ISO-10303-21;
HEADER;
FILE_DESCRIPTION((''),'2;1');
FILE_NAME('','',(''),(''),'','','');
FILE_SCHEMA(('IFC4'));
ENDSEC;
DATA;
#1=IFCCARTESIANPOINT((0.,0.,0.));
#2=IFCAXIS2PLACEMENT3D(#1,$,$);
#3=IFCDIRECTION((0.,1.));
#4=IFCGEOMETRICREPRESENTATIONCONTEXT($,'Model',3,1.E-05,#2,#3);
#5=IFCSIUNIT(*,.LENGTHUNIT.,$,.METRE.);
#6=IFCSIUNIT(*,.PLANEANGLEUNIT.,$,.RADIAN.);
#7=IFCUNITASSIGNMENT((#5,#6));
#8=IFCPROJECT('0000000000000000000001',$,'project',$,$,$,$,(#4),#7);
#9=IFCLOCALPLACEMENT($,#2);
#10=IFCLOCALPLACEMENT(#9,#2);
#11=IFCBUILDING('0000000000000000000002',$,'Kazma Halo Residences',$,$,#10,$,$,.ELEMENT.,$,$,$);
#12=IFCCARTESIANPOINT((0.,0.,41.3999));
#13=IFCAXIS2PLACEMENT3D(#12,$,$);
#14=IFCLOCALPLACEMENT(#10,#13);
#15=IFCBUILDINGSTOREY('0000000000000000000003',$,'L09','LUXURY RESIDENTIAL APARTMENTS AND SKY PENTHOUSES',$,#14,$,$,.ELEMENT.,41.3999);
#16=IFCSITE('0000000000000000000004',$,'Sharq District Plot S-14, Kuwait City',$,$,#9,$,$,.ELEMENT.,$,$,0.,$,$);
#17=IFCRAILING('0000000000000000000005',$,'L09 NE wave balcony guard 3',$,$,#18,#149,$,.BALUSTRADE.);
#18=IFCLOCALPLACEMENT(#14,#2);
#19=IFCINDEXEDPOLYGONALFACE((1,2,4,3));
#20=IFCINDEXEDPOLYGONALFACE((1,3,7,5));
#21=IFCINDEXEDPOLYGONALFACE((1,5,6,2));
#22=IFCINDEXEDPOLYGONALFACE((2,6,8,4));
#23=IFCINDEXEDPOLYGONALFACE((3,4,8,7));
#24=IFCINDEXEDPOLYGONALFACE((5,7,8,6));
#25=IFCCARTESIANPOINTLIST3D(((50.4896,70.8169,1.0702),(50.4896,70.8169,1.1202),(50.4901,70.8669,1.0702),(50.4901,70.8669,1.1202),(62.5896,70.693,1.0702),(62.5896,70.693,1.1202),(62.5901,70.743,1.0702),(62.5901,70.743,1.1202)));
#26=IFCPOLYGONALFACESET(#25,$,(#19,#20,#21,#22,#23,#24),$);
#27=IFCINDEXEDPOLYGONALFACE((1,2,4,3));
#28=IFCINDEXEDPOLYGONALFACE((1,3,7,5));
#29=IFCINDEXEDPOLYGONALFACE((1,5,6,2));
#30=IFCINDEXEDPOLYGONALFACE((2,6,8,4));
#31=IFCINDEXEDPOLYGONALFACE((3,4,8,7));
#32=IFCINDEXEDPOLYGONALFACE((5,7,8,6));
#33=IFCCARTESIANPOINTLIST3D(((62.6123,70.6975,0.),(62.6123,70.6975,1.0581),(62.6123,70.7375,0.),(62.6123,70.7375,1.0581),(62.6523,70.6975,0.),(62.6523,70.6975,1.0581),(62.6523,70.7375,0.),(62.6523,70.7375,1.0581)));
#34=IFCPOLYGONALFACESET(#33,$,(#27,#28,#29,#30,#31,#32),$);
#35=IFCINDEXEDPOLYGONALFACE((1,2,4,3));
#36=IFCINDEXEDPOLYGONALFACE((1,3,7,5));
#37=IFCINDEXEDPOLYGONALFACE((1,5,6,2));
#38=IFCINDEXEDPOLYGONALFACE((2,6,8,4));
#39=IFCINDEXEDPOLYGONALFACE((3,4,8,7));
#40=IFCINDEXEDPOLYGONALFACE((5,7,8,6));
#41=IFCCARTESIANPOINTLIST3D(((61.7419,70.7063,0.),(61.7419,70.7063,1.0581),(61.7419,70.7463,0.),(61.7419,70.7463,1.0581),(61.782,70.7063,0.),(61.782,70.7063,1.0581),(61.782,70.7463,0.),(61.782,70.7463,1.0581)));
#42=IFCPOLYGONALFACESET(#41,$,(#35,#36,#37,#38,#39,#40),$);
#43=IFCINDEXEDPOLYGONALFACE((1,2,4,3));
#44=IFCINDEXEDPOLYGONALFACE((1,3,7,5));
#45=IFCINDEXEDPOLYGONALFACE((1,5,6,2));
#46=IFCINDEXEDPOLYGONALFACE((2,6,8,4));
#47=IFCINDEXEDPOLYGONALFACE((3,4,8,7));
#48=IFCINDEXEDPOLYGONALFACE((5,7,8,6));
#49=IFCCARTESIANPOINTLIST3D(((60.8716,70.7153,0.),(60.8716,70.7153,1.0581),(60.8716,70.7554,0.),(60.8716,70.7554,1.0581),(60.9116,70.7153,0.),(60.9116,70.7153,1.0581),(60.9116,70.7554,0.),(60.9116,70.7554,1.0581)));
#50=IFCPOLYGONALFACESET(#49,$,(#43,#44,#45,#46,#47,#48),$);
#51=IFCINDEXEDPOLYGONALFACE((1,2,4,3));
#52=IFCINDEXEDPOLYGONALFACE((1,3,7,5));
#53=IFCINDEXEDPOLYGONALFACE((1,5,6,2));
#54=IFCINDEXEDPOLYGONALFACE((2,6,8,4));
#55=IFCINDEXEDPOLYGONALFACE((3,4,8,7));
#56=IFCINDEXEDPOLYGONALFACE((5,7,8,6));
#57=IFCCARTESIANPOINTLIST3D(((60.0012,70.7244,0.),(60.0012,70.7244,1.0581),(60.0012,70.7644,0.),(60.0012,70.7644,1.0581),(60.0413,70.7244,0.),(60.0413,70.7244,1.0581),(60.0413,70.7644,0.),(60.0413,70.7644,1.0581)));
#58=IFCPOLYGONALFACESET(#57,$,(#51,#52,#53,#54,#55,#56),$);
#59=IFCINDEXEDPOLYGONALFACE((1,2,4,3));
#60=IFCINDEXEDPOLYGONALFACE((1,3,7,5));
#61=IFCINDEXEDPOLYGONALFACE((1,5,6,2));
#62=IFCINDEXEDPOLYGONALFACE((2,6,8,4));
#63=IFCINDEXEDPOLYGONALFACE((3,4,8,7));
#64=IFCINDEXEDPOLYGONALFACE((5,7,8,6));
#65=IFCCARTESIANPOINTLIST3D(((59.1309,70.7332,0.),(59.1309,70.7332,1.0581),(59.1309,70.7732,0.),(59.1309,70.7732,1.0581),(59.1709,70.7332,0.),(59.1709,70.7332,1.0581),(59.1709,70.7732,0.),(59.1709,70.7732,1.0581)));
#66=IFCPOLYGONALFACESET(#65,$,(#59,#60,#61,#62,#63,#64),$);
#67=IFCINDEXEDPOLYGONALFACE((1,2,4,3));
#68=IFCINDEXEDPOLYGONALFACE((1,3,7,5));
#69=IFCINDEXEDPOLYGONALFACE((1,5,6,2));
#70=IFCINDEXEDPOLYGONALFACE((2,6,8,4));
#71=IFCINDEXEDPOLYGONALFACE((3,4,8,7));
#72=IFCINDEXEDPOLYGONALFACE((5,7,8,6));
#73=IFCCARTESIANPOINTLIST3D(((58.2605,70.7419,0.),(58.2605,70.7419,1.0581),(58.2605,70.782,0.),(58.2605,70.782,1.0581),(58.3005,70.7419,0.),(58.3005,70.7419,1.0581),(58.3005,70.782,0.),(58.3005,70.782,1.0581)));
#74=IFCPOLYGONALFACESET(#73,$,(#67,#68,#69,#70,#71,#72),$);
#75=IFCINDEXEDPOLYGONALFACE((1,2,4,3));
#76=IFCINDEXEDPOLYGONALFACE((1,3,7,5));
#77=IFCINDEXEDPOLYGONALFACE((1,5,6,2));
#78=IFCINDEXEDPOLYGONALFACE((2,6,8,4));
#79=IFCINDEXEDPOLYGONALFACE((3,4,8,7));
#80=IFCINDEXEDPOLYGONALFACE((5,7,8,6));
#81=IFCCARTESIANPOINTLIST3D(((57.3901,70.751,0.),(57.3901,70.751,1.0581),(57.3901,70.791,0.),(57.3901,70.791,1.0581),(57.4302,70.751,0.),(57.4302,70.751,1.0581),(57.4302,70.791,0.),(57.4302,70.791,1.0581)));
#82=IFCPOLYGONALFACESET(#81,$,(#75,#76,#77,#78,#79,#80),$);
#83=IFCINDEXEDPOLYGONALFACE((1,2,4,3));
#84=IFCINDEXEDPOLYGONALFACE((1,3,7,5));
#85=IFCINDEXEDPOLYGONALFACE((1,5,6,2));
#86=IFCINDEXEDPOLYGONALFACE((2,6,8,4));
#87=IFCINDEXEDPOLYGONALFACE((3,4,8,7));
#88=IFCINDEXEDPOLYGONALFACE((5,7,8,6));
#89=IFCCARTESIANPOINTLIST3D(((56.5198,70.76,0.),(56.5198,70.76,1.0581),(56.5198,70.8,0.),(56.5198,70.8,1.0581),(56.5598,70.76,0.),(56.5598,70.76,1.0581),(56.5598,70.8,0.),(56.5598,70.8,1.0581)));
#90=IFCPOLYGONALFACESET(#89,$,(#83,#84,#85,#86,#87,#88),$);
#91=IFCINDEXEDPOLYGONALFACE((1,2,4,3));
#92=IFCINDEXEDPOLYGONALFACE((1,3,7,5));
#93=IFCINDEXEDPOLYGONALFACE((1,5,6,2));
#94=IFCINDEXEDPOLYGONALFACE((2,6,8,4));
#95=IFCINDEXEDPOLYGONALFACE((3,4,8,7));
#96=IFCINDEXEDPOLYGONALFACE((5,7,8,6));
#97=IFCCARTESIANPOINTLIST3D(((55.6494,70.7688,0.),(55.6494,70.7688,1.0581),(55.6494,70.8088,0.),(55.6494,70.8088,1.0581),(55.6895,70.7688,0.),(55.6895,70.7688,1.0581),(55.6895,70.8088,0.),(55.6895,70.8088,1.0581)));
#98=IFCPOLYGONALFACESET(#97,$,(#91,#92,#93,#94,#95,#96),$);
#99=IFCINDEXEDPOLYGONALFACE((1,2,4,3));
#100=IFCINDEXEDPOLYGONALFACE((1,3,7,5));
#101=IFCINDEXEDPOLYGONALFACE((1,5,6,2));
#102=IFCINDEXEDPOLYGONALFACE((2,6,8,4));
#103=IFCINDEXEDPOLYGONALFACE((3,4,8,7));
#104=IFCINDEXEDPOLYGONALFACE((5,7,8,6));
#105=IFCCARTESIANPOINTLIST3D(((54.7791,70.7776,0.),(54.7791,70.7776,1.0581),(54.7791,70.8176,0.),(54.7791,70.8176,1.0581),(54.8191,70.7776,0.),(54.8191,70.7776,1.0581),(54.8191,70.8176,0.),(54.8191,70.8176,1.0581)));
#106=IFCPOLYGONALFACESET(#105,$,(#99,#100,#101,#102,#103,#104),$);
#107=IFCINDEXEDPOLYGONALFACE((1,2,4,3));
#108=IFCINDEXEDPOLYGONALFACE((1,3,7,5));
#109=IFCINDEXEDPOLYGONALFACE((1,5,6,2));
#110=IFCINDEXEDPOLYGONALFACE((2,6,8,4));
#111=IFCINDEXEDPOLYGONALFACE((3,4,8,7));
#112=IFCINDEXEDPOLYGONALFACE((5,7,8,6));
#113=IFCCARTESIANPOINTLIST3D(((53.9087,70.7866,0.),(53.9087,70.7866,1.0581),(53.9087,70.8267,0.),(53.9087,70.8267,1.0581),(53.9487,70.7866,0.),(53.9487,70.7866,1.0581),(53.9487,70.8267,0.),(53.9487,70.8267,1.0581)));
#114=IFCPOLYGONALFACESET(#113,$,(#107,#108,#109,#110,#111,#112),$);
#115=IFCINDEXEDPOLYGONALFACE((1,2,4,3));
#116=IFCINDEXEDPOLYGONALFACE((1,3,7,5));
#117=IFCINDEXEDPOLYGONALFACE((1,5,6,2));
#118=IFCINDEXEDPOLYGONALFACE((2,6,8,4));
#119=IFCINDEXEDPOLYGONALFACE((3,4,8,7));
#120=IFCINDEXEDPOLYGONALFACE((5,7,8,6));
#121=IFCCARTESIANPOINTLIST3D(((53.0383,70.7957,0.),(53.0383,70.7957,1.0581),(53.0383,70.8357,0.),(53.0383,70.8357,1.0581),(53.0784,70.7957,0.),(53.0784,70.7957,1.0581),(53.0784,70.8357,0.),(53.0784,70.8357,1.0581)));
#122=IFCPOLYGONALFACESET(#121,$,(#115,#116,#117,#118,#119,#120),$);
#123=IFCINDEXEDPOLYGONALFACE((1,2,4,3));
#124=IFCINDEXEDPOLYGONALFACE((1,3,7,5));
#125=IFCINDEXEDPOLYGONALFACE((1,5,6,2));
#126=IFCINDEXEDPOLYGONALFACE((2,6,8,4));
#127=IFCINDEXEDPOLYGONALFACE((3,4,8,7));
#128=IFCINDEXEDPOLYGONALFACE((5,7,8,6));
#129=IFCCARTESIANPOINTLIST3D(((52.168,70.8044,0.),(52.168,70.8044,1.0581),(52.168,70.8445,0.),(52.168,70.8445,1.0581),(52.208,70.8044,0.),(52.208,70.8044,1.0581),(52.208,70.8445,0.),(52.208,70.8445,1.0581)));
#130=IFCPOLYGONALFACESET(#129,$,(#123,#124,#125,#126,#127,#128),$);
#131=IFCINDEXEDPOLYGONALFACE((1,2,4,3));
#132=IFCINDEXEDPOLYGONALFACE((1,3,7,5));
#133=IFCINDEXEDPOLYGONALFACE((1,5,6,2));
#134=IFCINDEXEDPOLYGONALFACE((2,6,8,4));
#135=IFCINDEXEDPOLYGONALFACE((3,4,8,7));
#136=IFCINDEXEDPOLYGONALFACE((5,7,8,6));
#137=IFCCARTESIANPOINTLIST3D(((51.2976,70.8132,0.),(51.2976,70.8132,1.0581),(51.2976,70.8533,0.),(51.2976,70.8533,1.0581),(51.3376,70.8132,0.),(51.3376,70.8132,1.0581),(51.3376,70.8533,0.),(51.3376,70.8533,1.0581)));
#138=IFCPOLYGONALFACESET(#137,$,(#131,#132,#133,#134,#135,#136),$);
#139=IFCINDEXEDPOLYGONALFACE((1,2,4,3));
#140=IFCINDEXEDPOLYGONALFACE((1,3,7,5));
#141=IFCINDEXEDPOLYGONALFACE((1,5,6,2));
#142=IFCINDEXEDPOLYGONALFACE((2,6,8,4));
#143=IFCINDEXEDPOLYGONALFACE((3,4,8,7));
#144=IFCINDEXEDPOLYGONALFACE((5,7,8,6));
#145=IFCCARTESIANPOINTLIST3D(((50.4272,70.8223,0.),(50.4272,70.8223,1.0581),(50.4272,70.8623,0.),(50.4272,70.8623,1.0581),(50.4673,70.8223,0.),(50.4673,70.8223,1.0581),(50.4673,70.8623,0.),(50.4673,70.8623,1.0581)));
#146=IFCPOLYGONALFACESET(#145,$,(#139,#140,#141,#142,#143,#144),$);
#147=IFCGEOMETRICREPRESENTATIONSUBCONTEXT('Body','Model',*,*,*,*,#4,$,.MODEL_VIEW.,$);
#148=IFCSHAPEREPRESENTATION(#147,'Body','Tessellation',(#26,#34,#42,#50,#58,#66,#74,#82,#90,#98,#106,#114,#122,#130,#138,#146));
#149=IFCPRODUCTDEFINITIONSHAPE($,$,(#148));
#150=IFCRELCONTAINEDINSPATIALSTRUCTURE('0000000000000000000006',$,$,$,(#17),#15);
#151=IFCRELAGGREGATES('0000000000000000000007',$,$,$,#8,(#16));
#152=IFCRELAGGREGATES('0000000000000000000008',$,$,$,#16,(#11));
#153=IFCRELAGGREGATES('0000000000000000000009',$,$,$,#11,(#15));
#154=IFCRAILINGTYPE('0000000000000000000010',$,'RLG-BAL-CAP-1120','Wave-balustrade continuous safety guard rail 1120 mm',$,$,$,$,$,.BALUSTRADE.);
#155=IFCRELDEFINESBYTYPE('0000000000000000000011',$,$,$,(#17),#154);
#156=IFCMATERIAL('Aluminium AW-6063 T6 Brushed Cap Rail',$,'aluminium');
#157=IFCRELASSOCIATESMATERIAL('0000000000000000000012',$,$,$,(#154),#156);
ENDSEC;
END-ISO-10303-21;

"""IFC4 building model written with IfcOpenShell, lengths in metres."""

from ifc_helpers import new_model, si_unit, direction, frame, origin, origin_2d, place, context, subcontext, project, spatial, rectangle, extrude, material, type_object, element, save


model = new_model("IFC4")

# Units and contexts
model_context = context("Model", 3, precision=1e-05, world=origin(), true_north=direction((0.0, 1.0)))
body_context = subcontext(model_context, "Body", "Model", "MODEL_VIEW")
ifc_project = project(units=[si_unit("LENGTHUNIT", "METRE"), si_unit("PLANEANGLEUNIT", "RADIAN")], contexts=[model_context])

# Site, building, storey
site_placement = place(None, origin())
site = spatial("IfcSite", under=ifc_project, at=site_placement, Name="Sharq District Plot S-14, Kuwait City", CompositionType="ELEMENT", RefElevation=0.0)
building_placement = place(site_placement, origin())
building = spatial("IfcBuilding", under=site, at=building_placement, Name="Kazma Halo Residences", CompositionType="ELEMENT")
storey_placement = place(building_placement, frame((0.0, 0.0, 41.3999)))
storey = spatial("IfcBuildingStorey", under=building, at=storey_placement, Name="L09", Description="LUXURY RESIDENTIAL APARTMENTS AND SKY PENTHOUSES", CompositionType="ELEMENT", Elevation=41.3999)

# Railing
ifc_material_1 = material(Name="Aluminium AW-6063 T6 Brushed Cap Rail", Category="aluminium")
railing_type = type_object("IfcRailingType", Name="RLG-BAL-CAP-1120", Description="Wave-balustrade continuous safety guard rail 1120 mm", PredefinedType="BALUSTRADE", material=ifc_material_1)
railing_1_placement = place(storey_placement, frame((62.6323, 70.7175, 0.0)))
element("IfcRailing", 1, at=railing_1_placement, inside=storey, type_object=railing_type, Name="L09 NE wave balcony guard 3", PredefinedType="BALUSTRADE", context=body_context, shape_type="SweptSolid", body=[
    extrude(rectangle(XDim=0.05, YDim=0.05, at=origin_2d()), frame((-0.0425, 0.0005, 1.0952), z_axis=(-0.999948, 0.010238, 0.0), x_axis=(-0.010238, -0.999948, 0.0)), (0.0, 0.0, 1.0), 12.1006),
    extrude(rectangle(XDim=0.04, YDim=0.04, at=origin_2d()), origin(), (0.0, 0.0, 1.0), 1.0581),
    extrude(rectangle(XDim=0.04, YDim=0.04, at=origin_2d()), frame((-0.8704, 0.0088, 0.0)), (0.0, 0.0, 1.0), 1.0581),
    extrude(rectangle(XDim=0.04, YDim=0.04, at=origin_2d()), frame((-1.7407, 0.0178, 0.0)), (0.0, 0.0, 1.0), 1.0581),
    extrude(rectangle(XDim=0.04, YDim=0.04, at=origin_2d()), frame((-2.6111, 0.0269, 0.0)), (0.0, 0.0, 1.0), 1.0581),
    extrude(rectangle(XDim=0.04, YDim=0.04, at=origin_2d()), frame((-3.4814, 0.0356, 0.0)), (0.0, 0.0, 1.0), 1.0581),
    extrude(rectangle(XDim=0.04, YDim=0.04, at=origin_2d()), frame((-4.3518, 0.0444, 0.0)), (0.0, 0.0, 1.0), 1.0581),
    extrude(rectangle(XDim=0.04, YDim=0.04, at=origin_2d()), frame((-5.2222, 0.0535, 0.0)), (0.0, 0.0, 1.0), 1.0581),
    extrude(rectangle(XDim=0.04, YDim=0.04, at=origin_2d()), frame((-6.0925, 0.0625, 0.0)), (0.0, 0.0, 1.0), 1.0581),
    extrude(rectangle(XDim=0.04, YDim=0.04, at=origin_2d()), frame((-6.9629, 0.0713, 0.0)), (0.0, 0.0, 1.0), 1.0581),
    extrude(rectangle(XDim=0.04, YDim=0.04, at=origin_2d()), frame((-7.8333, 0.0801, 0.0)), (0.0, 0.0, 1.0), 1.0581),
    extrude(rectangle(XDim=0.04, YDim=0.04, at=origin_2d()), frame((-8.7036, 0.0891, 0.0)), (0.0, 0.0, 1.0), 1.0581),
    extrude(rectangle(XDim=0.04, YDim=0.04, at=origin_2d()), frame((-9.574, 0.0981, 0.0)), (0.0, 0.0, 1.0), 1.0581),
    extrude(rectangle(XDim=0.04, YDim=0.04, at=origin_2d()), frame((-10.4443, 0.1069, 0.0)), (0.0, 0.0, 1.0), 1.0581),
    extrude(rectangle(XDim=0.04, YDim=0.04, at=origin_2d()), frame((-11.3147, 0.1157, 0.0)), (0.0, 0.0, 1.0), 1.0581),
    extrude(rectangle(XDim=0.04, YDim=0.04, at=origin_2d()), frame((-12.1851, 0.1248, 0.0)), (0.0, 0.0, 1.0), 1.0581),
])

save(model, "model.ifc")
